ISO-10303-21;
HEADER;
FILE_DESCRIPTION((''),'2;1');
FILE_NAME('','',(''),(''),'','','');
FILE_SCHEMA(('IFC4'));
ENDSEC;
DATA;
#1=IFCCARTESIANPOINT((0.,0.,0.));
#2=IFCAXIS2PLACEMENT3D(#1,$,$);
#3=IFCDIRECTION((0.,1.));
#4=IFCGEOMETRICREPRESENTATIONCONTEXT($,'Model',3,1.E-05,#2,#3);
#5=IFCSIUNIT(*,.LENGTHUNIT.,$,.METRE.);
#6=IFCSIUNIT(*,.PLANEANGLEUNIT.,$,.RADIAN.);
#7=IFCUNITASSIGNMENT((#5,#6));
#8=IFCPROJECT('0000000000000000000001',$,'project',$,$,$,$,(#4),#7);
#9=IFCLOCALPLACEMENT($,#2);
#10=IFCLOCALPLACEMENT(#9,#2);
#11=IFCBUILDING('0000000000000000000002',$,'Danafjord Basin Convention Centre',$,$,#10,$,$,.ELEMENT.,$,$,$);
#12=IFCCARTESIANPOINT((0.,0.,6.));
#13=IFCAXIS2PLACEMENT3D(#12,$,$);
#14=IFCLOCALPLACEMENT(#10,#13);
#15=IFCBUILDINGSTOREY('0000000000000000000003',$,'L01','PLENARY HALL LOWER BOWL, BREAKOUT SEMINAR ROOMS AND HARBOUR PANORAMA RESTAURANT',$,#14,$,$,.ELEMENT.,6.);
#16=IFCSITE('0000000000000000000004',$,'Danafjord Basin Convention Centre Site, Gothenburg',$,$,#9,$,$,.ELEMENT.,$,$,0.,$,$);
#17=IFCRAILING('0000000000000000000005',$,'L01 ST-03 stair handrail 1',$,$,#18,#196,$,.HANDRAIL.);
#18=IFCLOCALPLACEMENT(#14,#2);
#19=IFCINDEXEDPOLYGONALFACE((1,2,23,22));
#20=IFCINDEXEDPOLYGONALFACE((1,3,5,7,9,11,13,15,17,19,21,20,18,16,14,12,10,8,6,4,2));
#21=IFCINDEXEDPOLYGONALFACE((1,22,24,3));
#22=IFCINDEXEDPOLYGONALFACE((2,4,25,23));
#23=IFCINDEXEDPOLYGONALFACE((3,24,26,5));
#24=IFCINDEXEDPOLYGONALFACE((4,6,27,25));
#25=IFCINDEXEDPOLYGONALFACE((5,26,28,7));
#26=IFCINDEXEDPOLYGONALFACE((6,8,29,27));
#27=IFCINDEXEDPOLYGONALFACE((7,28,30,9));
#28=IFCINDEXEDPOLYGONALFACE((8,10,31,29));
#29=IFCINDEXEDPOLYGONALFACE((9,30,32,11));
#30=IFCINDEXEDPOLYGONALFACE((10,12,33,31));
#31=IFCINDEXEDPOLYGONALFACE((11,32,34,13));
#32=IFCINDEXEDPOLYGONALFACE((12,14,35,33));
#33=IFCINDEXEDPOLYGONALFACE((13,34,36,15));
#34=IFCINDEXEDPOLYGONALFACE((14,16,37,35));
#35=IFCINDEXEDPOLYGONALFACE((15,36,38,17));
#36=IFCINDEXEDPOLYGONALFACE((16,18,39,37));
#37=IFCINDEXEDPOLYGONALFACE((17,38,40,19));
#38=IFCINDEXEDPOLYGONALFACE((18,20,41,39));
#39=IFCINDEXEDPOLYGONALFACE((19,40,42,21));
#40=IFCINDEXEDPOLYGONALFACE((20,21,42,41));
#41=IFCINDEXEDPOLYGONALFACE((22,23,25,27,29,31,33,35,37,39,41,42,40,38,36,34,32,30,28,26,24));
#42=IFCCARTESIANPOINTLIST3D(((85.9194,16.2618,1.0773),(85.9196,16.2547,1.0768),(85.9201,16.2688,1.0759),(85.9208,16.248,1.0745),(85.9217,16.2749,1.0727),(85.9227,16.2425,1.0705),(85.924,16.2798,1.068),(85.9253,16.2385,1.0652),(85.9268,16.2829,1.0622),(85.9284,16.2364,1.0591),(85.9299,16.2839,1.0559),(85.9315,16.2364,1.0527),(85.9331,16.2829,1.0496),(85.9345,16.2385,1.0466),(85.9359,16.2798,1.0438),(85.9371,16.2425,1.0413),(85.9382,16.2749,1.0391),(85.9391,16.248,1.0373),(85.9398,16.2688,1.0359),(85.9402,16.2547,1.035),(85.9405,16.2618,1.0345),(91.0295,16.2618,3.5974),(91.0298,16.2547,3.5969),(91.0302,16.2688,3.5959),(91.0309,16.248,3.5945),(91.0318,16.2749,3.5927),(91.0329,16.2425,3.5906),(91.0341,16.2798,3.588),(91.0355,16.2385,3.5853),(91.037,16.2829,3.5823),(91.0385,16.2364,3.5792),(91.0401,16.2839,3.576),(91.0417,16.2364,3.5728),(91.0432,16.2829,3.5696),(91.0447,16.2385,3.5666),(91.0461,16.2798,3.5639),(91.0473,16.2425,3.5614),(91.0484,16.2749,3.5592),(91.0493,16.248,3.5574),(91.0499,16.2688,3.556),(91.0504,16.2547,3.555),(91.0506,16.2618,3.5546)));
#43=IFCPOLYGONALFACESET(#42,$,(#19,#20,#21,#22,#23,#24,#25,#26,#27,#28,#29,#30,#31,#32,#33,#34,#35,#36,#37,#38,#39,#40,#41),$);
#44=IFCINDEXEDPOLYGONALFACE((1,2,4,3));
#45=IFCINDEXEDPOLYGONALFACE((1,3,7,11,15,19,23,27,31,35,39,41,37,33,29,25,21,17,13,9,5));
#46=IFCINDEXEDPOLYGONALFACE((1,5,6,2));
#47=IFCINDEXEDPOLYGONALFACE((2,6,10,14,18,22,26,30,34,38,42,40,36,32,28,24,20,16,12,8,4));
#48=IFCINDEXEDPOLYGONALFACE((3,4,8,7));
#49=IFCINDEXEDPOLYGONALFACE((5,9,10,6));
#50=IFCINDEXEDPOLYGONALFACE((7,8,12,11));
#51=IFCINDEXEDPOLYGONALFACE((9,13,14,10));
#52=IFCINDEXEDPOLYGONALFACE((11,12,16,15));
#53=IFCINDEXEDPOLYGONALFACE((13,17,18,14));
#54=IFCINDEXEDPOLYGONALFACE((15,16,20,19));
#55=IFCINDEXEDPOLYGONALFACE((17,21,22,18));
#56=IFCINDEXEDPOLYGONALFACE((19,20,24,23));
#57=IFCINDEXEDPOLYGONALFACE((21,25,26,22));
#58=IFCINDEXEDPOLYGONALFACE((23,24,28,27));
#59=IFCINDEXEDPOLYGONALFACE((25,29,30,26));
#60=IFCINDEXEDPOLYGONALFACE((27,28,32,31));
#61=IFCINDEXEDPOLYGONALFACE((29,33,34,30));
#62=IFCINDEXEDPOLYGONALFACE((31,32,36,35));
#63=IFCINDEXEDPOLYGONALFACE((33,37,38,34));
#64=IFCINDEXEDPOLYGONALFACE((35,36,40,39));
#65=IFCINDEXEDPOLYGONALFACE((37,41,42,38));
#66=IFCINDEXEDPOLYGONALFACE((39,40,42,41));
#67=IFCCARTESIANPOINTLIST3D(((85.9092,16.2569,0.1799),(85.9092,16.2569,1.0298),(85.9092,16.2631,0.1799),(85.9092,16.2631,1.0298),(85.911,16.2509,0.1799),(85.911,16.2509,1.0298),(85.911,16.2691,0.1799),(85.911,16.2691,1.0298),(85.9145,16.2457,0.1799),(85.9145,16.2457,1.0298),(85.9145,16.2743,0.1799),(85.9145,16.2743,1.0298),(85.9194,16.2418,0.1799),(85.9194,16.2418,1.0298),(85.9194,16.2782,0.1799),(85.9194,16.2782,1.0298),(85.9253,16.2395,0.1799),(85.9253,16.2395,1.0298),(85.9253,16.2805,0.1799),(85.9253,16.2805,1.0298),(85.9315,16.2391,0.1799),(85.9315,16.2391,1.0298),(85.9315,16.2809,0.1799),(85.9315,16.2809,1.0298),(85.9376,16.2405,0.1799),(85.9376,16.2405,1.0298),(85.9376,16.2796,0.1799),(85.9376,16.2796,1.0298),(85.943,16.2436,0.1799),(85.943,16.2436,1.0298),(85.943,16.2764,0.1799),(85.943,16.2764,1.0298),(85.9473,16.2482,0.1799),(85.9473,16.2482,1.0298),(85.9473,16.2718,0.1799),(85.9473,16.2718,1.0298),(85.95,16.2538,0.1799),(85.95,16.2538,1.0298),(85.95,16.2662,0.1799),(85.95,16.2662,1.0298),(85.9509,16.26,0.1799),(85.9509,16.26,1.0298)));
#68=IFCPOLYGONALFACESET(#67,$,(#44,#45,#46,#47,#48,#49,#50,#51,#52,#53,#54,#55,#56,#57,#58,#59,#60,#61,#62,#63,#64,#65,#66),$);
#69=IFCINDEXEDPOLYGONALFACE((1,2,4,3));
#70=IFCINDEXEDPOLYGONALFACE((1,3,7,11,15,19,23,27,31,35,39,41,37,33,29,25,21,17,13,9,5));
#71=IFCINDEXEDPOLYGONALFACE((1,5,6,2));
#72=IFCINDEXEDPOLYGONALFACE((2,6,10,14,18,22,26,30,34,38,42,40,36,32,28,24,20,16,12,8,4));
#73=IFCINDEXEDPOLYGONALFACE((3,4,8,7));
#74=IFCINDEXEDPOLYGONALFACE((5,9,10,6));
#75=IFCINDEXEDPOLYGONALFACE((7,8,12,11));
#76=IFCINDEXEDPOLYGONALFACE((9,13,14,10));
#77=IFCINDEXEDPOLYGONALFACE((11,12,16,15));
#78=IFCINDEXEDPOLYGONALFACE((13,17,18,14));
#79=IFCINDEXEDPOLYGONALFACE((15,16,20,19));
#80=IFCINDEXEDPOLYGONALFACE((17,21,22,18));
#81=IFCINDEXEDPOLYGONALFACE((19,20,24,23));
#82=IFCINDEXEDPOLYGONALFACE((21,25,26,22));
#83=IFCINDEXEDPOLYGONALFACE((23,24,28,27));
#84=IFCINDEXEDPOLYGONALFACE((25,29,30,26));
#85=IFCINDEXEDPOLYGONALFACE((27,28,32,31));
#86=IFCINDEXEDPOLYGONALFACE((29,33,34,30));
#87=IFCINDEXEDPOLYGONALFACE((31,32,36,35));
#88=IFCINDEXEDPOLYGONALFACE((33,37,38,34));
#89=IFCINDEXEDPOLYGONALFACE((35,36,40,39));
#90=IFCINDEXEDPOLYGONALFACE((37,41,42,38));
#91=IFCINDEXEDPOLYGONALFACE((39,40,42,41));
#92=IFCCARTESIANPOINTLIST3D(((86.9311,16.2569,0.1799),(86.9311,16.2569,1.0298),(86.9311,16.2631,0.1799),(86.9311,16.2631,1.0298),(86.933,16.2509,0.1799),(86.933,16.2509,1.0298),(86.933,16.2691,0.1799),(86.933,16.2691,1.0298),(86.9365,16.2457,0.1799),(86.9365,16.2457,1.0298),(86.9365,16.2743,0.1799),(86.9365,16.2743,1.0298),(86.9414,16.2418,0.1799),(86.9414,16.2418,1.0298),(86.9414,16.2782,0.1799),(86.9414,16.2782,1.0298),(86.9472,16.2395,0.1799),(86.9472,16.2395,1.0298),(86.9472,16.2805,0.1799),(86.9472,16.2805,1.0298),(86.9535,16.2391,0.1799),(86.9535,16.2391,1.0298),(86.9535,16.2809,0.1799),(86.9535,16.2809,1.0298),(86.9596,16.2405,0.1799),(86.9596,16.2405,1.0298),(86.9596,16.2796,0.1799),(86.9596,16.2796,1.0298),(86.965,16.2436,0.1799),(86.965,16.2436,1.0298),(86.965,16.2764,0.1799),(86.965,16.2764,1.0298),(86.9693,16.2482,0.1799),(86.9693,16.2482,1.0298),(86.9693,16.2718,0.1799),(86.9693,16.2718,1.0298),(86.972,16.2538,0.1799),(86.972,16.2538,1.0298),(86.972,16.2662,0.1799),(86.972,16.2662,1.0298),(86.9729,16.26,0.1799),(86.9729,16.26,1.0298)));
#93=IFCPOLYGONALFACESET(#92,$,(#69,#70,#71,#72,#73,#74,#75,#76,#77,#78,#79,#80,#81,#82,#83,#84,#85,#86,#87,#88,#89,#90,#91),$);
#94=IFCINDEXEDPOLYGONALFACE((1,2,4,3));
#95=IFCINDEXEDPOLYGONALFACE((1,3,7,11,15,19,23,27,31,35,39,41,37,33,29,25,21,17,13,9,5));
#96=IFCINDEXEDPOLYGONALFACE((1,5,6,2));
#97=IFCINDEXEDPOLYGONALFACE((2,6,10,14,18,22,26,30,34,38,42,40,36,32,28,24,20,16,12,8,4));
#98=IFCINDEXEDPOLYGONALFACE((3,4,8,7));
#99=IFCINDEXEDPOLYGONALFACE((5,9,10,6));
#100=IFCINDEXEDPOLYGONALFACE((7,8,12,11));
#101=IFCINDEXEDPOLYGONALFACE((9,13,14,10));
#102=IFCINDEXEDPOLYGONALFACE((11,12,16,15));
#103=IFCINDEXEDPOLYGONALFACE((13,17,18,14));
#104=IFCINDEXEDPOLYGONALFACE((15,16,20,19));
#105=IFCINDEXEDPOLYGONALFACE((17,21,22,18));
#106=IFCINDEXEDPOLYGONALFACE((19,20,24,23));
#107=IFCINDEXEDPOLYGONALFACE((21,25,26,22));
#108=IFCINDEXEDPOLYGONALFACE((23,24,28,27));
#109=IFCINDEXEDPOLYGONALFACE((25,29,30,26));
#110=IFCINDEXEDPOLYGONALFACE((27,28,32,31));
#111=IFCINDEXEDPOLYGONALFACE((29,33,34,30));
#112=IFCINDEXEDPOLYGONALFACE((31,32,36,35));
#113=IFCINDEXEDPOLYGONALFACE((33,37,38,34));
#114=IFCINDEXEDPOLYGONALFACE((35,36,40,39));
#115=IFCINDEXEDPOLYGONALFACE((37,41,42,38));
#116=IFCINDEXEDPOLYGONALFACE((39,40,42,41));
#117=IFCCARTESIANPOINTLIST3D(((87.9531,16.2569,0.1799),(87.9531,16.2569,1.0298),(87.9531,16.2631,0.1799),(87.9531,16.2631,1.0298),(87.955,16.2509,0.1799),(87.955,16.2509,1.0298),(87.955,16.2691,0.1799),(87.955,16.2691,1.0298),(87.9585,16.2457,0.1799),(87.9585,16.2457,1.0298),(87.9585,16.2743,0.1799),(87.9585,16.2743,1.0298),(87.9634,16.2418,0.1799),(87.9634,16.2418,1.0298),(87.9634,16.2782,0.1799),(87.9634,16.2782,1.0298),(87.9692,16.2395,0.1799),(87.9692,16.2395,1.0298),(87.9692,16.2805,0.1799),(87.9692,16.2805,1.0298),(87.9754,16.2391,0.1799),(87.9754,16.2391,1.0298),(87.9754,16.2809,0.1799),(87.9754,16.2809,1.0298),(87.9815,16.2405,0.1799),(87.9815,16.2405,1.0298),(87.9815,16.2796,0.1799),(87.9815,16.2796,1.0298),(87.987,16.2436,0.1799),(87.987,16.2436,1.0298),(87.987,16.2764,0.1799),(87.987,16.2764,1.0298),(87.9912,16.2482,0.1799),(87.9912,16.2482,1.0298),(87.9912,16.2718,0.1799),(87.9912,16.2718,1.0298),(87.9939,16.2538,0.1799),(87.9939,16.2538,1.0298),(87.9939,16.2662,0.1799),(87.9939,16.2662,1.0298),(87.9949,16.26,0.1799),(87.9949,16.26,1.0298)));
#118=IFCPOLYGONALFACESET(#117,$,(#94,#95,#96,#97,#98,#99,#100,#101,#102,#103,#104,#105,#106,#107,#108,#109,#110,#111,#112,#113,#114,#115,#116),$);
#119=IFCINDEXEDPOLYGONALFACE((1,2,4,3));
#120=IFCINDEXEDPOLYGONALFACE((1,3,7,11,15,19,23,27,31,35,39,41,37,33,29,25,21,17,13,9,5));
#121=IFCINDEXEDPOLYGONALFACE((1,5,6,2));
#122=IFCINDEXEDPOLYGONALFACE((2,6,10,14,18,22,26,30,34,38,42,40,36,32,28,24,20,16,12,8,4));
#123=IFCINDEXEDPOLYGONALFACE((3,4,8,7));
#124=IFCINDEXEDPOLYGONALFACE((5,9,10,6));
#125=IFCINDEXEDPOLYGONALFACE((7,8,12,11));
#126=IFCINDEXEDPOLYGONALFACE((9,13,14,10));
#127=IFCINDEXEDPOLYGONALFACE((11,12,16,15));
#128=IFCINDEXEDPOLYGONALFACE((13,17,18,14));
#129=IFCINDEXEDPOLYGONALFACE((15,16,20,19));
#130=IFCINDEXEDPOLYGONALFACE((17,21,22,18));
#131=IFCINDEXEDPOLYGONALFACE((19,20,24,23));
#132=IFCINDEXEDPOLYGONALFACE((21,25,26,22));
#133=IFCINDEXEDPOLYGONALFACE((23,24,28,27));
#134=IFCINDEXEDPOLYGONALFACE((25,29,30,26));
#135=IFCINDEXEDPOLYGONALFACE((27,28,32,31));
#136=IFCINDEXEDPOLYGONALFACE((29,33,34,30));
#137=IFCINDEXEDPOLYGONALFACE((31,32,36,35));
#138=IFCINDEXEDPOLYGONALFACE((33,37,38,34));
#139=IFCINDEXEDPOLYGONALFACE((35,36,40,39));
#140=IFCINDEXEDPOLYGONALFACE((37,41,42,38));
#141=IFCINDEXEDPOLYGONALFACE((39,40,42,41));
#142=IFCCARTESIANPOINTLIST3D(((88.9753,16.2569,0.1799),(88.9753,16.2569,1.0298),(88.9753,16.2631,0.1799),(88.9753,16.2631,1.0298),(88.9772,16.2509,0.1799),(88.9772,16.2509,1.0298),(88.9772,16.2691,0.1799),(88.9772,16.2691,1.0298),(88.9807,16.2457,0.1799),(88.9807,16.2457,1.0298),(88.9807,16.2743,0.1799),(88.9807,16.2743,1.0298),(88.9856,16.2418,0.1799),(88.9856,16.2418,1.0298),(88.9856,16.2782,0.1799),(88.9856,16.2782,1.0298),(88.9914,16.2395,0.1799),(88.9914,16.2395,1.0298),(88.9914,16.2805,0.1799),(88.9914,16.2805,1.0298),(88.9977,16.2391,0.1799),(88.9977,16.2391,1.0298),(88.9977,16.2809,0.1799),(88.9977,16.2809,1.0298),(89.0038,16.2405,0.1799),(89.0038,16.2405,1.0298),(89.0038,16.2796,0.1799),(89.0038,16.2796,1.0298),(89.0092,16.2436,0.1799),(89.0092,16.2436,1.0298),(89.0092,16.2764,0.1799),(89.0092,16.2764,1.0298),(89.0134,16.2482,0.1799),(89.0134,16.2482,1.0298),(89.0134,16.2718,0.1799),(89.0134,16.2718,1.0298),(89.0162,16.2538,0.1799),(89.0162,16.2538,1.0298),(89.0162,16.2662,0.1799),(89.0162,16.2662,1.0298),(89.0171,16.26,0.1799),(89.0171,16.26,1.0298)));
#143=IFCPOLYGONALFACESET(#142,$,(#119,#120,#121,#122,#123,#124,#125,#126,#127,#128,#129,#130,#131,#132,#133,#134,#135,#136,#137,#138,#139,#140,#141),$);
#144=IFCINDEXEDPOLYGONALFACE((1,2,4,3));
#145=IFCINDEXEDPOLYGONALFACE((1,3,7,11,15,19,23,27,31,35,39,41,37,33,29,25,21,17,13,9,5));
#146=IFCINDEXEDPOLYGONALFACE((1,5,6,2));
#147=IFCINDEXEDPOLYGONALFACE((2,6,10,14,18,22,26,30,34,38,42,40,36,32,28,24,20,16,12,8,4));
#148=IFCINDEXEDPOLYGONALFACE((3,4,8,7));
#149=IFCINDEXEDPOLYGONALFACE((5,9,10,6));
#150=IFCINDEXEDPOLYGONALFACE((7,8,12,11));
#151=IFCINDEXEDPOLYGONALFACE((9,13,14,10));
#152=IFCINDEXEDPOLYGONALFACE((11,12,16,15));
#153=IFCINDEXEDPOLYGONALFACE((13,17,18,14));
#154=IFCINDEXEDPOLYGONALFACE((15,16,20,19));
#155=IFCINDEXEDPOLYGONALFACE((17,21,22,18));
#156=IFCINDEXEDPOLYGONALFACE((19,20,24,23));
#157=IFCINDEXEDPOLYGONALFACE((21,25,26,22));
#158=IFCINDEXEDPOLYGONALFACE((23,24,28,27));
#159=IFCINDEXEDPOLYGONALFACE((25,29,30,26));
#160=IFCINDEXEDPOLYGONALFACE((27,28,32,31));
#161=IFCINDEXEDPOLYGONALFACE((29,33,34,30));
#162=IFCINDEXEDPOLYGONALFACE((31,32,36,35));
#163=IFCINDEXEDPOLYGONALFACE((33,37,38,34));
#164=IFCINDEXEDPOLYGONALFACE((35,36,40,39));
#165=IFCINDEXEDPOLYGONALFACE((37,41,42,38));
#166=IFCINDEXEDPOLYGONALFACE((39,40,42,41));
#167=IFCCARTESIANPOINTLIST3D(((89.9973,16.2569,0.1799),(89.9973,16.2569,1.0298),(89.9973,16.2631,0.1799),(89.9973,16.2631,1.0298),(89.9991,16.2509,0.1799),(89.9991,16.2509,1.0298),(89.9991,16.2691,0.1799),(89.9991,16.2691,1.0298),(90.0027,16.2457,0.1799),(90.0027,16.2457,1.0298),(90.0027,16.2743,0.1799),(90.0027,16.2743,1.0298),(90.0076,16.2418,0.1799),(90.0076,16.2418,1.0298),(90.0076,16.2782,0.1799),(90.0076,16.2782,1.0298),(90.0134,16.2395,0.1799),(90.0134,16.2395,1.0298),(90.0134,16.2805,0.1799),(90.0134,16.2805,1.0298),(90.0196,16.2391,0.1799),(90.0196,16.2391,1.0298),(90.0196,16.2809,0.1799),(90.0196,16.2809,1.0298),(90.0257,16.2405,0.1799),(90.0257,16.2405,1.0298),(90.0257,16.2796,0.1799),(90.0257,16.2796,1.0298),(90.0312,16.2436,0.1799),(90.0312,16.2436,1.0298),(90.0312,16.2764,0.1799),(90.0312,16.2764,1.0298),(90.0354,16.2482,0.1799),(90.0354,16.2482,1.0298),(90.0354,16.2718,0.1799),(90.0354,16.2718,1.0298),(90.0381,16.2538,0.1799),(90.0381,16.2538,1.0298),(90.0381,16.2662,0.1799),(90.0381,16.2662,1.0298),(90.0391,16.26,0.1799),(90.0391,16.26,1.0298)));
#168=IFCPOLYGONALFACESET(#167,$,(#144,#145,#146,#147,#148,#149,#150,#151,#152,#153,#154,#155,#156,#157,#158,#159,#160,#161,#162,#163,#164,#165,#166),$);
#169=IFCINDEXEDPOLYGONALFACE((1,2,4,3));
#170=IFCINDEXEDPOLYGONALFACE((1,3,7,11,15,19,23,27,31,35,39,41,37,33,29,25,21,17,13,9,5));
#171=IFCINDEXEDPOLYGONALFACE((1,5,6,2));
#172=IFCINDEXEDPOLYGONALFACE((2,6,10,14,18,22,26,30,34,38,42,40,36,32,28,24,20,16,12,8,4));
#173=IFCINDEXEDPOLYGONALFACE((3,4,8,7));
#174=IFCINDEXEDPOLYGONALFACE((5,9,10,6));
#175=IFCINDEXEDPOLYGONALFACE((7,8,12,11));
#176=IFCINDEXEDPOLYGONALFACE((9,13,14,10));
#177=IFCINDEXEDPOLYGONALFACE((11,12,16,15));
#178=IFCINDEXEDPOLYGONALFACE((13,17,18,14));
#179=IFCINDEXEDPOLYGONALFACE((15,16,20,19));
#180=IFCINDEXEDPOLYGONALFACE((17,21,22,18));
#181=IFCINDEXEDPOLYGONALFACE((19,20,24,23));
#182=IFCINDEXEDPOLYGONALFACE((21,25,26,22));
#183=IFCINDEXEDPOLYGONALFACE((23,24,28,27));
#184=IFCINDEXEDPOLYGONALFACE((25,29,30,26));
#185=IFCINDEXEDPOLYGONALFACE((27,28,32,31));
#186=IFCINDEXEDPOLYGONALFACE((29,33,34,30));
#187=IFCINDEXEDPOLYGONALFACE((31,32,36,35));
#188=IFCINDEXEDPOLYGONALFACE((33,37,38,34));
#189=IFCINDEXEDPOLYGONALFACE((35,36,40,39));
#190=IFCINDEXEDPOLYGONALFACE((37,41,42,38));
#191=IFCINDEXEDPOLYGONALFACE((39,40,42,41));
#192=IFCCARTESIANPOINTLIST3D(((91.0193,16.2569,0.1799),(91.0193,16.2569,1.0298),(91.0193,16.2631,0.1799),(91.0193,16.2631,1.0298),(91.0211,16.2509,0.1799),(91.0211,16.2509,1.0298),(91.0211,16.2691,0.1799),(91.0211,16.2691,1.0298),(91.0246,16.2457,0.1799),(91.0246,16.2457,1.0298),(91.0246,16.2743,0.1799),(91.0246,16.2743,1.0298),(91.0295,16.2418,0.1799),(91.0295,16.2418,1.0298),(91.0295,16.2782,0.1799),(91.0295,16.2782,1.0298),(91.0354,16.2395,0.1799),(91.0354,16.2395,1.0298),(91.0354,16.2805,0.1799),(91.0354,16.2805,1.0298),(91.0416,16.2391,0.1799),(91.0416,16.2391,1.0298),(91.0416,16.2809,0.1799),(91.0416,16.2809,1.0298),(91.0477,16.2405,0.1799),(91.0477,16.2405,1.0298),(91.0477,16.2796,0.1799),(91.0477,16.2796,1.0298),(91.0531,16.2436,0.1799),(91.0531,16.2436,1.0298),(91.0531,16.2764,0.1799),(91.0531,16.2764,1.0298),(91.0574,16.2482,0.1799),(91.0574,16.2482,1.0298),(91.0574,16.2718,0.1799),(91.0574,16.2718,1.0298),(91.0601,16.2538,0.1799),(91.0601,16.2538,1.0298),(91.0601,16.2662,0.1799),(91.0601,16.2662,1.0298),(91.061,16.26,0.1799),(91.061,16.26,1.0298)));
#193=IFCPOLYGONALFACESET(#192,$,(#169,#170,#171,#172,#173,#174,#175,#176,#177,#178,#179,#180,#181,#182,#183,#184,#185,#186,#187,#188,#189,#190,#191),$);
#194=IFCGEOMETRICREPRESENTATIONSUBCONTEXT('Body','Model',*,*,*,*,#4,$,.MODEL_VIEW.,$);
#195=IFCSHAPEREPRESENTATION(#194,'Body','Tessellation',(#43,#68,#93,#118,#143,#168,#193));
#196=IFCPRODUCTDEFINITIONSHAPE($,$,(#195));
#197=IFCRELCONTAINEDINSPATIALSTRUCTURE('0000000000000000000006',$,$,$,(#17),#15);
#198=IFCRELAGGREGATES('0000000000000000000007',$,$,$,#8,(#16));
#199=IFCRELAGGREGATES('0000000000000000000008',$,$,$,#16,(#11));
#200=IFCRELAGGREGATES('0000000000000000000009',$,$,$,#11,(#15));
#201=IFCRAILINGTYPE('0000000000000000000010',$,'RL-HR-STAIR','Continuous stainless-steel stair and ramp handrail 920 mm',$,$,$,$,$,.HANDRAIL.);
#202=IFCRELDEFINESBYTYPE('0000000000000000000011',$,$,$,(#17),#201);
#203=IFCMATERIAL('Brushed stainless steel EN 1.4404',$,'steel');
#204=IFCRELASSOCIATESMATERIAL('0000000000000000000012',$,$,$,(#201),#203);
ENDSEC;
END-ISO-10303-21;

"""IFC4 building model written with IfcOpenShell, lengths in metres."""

from ifc_helpers import new_model, si_unit, direction, frame, origin, origin_2d, place, context, subcontext, project, spatial, circle, extrude, material, type_object, element, save


model = new_model("IFC4")

# Units and contexts
model_context = context("Model", 3, precision=1e-05, world=origin(), true_north=direction((0.0, 1.0)))
body_context = subcontext(model_context, "Body", "Model", "MODEL_VIEW")
ifc_project = project(units=[si_unit("LENGTHUNIT", "METRE"), si_unit("PLANEANGLEUNIT", "RADIAN")], contexts=[model_context])

# Site, building, storey
site_placement = place(None, origin())
site = spatial("IfcSite", under=ifc_project, at=site_placement, Name="Danafjord Basin Convention Centre Site, Gothenburg", CompositionType="ELEMENT", RefElevation=0.0)
building_placement = place(site_placement, origin())
building = spatial("IfcBuilding", under=site, at=building_placement, Name="Danafjord Basin Convention Centre", CompositionType="ELEMENT")
storey_placement = place(building_placement, frame((0.0, 0.0, 6.0)))
storey = spatial("IfcBuildingStorey", under=building, at=storey_placement, Name="L01", Description="PLENARY HALL LOWER BOWL, BREAKOUT SEMINAR ROOMS AND HARBOUR PANORAMA RESTAURANT", CompositionType="ELEMENT", Elevation=6.0)

# Railing
ifc_material_1 = material(Name="Brushed stainless steel EN 1.4404", Category="steel")
railing_type_1 = type_object("IfcRailingType", Name="RL-HR-STAIR", Description="Continuous stainless-steel stair and ramp handrail 920 mm", PredefinedType="HANDRAIL", material=ifc_material_1)
railing_1_placement = place(storey_placement, frame((85.9299, 16.26, 0.1799)))
element("IfcRailing", 1, at=railing_1_placement, inside=storey, type_object=railing_type_1, Name="L01 ST-03 stair handrail 1", PredefinedType="HANDRAIL", context=body_context, shape_type="SweptSolid", body=[
    extrude(circle(Radius=0.0239, at=origin_2d()), frame((0.0, 0.0, 0.876), z_axis=(0.896873, 0.0, 0.442288), x_axis=(0.0, 1.0, 0.0)), (0.0, 0.0, 1.0), 5.6978),
    extrude(circle(Radius=0.021, at=origin_2d()), origin(), (0.0, 0.0, 1.0), 0.8499),
    extrude(circle(Radius=0.021, at=origin_2d()), frame((1.022, 0.0, 0.0)), (0.0, 0.0, 1.0), 0.8499),
    extrude(circle(Radius=0.021, at=origin_2d()), frame((2.0439, 0.0, 0.0)), (0.0, 0.0, 1.0), 0.8499),
    extrude(circle(Radius=0.021, at=origin_2d()), frame((3.0662, 0.0, 0.0)), (0.0, 0.0, 1.0), 0.8499),
    extrude(circle(Radius=0.021, at=origin_2d()), frame((4.0881, 0.0, 0.0)), (0.0, 0.0, 1.0), 0.8499),
    extrude(circle(Radius=0.021, at=origin_2d()), frame((5.1101, 0.0, 0.0)), (0.0, 0.0, 1.0), 0.8499),
])

save(model, "model.ifc")
